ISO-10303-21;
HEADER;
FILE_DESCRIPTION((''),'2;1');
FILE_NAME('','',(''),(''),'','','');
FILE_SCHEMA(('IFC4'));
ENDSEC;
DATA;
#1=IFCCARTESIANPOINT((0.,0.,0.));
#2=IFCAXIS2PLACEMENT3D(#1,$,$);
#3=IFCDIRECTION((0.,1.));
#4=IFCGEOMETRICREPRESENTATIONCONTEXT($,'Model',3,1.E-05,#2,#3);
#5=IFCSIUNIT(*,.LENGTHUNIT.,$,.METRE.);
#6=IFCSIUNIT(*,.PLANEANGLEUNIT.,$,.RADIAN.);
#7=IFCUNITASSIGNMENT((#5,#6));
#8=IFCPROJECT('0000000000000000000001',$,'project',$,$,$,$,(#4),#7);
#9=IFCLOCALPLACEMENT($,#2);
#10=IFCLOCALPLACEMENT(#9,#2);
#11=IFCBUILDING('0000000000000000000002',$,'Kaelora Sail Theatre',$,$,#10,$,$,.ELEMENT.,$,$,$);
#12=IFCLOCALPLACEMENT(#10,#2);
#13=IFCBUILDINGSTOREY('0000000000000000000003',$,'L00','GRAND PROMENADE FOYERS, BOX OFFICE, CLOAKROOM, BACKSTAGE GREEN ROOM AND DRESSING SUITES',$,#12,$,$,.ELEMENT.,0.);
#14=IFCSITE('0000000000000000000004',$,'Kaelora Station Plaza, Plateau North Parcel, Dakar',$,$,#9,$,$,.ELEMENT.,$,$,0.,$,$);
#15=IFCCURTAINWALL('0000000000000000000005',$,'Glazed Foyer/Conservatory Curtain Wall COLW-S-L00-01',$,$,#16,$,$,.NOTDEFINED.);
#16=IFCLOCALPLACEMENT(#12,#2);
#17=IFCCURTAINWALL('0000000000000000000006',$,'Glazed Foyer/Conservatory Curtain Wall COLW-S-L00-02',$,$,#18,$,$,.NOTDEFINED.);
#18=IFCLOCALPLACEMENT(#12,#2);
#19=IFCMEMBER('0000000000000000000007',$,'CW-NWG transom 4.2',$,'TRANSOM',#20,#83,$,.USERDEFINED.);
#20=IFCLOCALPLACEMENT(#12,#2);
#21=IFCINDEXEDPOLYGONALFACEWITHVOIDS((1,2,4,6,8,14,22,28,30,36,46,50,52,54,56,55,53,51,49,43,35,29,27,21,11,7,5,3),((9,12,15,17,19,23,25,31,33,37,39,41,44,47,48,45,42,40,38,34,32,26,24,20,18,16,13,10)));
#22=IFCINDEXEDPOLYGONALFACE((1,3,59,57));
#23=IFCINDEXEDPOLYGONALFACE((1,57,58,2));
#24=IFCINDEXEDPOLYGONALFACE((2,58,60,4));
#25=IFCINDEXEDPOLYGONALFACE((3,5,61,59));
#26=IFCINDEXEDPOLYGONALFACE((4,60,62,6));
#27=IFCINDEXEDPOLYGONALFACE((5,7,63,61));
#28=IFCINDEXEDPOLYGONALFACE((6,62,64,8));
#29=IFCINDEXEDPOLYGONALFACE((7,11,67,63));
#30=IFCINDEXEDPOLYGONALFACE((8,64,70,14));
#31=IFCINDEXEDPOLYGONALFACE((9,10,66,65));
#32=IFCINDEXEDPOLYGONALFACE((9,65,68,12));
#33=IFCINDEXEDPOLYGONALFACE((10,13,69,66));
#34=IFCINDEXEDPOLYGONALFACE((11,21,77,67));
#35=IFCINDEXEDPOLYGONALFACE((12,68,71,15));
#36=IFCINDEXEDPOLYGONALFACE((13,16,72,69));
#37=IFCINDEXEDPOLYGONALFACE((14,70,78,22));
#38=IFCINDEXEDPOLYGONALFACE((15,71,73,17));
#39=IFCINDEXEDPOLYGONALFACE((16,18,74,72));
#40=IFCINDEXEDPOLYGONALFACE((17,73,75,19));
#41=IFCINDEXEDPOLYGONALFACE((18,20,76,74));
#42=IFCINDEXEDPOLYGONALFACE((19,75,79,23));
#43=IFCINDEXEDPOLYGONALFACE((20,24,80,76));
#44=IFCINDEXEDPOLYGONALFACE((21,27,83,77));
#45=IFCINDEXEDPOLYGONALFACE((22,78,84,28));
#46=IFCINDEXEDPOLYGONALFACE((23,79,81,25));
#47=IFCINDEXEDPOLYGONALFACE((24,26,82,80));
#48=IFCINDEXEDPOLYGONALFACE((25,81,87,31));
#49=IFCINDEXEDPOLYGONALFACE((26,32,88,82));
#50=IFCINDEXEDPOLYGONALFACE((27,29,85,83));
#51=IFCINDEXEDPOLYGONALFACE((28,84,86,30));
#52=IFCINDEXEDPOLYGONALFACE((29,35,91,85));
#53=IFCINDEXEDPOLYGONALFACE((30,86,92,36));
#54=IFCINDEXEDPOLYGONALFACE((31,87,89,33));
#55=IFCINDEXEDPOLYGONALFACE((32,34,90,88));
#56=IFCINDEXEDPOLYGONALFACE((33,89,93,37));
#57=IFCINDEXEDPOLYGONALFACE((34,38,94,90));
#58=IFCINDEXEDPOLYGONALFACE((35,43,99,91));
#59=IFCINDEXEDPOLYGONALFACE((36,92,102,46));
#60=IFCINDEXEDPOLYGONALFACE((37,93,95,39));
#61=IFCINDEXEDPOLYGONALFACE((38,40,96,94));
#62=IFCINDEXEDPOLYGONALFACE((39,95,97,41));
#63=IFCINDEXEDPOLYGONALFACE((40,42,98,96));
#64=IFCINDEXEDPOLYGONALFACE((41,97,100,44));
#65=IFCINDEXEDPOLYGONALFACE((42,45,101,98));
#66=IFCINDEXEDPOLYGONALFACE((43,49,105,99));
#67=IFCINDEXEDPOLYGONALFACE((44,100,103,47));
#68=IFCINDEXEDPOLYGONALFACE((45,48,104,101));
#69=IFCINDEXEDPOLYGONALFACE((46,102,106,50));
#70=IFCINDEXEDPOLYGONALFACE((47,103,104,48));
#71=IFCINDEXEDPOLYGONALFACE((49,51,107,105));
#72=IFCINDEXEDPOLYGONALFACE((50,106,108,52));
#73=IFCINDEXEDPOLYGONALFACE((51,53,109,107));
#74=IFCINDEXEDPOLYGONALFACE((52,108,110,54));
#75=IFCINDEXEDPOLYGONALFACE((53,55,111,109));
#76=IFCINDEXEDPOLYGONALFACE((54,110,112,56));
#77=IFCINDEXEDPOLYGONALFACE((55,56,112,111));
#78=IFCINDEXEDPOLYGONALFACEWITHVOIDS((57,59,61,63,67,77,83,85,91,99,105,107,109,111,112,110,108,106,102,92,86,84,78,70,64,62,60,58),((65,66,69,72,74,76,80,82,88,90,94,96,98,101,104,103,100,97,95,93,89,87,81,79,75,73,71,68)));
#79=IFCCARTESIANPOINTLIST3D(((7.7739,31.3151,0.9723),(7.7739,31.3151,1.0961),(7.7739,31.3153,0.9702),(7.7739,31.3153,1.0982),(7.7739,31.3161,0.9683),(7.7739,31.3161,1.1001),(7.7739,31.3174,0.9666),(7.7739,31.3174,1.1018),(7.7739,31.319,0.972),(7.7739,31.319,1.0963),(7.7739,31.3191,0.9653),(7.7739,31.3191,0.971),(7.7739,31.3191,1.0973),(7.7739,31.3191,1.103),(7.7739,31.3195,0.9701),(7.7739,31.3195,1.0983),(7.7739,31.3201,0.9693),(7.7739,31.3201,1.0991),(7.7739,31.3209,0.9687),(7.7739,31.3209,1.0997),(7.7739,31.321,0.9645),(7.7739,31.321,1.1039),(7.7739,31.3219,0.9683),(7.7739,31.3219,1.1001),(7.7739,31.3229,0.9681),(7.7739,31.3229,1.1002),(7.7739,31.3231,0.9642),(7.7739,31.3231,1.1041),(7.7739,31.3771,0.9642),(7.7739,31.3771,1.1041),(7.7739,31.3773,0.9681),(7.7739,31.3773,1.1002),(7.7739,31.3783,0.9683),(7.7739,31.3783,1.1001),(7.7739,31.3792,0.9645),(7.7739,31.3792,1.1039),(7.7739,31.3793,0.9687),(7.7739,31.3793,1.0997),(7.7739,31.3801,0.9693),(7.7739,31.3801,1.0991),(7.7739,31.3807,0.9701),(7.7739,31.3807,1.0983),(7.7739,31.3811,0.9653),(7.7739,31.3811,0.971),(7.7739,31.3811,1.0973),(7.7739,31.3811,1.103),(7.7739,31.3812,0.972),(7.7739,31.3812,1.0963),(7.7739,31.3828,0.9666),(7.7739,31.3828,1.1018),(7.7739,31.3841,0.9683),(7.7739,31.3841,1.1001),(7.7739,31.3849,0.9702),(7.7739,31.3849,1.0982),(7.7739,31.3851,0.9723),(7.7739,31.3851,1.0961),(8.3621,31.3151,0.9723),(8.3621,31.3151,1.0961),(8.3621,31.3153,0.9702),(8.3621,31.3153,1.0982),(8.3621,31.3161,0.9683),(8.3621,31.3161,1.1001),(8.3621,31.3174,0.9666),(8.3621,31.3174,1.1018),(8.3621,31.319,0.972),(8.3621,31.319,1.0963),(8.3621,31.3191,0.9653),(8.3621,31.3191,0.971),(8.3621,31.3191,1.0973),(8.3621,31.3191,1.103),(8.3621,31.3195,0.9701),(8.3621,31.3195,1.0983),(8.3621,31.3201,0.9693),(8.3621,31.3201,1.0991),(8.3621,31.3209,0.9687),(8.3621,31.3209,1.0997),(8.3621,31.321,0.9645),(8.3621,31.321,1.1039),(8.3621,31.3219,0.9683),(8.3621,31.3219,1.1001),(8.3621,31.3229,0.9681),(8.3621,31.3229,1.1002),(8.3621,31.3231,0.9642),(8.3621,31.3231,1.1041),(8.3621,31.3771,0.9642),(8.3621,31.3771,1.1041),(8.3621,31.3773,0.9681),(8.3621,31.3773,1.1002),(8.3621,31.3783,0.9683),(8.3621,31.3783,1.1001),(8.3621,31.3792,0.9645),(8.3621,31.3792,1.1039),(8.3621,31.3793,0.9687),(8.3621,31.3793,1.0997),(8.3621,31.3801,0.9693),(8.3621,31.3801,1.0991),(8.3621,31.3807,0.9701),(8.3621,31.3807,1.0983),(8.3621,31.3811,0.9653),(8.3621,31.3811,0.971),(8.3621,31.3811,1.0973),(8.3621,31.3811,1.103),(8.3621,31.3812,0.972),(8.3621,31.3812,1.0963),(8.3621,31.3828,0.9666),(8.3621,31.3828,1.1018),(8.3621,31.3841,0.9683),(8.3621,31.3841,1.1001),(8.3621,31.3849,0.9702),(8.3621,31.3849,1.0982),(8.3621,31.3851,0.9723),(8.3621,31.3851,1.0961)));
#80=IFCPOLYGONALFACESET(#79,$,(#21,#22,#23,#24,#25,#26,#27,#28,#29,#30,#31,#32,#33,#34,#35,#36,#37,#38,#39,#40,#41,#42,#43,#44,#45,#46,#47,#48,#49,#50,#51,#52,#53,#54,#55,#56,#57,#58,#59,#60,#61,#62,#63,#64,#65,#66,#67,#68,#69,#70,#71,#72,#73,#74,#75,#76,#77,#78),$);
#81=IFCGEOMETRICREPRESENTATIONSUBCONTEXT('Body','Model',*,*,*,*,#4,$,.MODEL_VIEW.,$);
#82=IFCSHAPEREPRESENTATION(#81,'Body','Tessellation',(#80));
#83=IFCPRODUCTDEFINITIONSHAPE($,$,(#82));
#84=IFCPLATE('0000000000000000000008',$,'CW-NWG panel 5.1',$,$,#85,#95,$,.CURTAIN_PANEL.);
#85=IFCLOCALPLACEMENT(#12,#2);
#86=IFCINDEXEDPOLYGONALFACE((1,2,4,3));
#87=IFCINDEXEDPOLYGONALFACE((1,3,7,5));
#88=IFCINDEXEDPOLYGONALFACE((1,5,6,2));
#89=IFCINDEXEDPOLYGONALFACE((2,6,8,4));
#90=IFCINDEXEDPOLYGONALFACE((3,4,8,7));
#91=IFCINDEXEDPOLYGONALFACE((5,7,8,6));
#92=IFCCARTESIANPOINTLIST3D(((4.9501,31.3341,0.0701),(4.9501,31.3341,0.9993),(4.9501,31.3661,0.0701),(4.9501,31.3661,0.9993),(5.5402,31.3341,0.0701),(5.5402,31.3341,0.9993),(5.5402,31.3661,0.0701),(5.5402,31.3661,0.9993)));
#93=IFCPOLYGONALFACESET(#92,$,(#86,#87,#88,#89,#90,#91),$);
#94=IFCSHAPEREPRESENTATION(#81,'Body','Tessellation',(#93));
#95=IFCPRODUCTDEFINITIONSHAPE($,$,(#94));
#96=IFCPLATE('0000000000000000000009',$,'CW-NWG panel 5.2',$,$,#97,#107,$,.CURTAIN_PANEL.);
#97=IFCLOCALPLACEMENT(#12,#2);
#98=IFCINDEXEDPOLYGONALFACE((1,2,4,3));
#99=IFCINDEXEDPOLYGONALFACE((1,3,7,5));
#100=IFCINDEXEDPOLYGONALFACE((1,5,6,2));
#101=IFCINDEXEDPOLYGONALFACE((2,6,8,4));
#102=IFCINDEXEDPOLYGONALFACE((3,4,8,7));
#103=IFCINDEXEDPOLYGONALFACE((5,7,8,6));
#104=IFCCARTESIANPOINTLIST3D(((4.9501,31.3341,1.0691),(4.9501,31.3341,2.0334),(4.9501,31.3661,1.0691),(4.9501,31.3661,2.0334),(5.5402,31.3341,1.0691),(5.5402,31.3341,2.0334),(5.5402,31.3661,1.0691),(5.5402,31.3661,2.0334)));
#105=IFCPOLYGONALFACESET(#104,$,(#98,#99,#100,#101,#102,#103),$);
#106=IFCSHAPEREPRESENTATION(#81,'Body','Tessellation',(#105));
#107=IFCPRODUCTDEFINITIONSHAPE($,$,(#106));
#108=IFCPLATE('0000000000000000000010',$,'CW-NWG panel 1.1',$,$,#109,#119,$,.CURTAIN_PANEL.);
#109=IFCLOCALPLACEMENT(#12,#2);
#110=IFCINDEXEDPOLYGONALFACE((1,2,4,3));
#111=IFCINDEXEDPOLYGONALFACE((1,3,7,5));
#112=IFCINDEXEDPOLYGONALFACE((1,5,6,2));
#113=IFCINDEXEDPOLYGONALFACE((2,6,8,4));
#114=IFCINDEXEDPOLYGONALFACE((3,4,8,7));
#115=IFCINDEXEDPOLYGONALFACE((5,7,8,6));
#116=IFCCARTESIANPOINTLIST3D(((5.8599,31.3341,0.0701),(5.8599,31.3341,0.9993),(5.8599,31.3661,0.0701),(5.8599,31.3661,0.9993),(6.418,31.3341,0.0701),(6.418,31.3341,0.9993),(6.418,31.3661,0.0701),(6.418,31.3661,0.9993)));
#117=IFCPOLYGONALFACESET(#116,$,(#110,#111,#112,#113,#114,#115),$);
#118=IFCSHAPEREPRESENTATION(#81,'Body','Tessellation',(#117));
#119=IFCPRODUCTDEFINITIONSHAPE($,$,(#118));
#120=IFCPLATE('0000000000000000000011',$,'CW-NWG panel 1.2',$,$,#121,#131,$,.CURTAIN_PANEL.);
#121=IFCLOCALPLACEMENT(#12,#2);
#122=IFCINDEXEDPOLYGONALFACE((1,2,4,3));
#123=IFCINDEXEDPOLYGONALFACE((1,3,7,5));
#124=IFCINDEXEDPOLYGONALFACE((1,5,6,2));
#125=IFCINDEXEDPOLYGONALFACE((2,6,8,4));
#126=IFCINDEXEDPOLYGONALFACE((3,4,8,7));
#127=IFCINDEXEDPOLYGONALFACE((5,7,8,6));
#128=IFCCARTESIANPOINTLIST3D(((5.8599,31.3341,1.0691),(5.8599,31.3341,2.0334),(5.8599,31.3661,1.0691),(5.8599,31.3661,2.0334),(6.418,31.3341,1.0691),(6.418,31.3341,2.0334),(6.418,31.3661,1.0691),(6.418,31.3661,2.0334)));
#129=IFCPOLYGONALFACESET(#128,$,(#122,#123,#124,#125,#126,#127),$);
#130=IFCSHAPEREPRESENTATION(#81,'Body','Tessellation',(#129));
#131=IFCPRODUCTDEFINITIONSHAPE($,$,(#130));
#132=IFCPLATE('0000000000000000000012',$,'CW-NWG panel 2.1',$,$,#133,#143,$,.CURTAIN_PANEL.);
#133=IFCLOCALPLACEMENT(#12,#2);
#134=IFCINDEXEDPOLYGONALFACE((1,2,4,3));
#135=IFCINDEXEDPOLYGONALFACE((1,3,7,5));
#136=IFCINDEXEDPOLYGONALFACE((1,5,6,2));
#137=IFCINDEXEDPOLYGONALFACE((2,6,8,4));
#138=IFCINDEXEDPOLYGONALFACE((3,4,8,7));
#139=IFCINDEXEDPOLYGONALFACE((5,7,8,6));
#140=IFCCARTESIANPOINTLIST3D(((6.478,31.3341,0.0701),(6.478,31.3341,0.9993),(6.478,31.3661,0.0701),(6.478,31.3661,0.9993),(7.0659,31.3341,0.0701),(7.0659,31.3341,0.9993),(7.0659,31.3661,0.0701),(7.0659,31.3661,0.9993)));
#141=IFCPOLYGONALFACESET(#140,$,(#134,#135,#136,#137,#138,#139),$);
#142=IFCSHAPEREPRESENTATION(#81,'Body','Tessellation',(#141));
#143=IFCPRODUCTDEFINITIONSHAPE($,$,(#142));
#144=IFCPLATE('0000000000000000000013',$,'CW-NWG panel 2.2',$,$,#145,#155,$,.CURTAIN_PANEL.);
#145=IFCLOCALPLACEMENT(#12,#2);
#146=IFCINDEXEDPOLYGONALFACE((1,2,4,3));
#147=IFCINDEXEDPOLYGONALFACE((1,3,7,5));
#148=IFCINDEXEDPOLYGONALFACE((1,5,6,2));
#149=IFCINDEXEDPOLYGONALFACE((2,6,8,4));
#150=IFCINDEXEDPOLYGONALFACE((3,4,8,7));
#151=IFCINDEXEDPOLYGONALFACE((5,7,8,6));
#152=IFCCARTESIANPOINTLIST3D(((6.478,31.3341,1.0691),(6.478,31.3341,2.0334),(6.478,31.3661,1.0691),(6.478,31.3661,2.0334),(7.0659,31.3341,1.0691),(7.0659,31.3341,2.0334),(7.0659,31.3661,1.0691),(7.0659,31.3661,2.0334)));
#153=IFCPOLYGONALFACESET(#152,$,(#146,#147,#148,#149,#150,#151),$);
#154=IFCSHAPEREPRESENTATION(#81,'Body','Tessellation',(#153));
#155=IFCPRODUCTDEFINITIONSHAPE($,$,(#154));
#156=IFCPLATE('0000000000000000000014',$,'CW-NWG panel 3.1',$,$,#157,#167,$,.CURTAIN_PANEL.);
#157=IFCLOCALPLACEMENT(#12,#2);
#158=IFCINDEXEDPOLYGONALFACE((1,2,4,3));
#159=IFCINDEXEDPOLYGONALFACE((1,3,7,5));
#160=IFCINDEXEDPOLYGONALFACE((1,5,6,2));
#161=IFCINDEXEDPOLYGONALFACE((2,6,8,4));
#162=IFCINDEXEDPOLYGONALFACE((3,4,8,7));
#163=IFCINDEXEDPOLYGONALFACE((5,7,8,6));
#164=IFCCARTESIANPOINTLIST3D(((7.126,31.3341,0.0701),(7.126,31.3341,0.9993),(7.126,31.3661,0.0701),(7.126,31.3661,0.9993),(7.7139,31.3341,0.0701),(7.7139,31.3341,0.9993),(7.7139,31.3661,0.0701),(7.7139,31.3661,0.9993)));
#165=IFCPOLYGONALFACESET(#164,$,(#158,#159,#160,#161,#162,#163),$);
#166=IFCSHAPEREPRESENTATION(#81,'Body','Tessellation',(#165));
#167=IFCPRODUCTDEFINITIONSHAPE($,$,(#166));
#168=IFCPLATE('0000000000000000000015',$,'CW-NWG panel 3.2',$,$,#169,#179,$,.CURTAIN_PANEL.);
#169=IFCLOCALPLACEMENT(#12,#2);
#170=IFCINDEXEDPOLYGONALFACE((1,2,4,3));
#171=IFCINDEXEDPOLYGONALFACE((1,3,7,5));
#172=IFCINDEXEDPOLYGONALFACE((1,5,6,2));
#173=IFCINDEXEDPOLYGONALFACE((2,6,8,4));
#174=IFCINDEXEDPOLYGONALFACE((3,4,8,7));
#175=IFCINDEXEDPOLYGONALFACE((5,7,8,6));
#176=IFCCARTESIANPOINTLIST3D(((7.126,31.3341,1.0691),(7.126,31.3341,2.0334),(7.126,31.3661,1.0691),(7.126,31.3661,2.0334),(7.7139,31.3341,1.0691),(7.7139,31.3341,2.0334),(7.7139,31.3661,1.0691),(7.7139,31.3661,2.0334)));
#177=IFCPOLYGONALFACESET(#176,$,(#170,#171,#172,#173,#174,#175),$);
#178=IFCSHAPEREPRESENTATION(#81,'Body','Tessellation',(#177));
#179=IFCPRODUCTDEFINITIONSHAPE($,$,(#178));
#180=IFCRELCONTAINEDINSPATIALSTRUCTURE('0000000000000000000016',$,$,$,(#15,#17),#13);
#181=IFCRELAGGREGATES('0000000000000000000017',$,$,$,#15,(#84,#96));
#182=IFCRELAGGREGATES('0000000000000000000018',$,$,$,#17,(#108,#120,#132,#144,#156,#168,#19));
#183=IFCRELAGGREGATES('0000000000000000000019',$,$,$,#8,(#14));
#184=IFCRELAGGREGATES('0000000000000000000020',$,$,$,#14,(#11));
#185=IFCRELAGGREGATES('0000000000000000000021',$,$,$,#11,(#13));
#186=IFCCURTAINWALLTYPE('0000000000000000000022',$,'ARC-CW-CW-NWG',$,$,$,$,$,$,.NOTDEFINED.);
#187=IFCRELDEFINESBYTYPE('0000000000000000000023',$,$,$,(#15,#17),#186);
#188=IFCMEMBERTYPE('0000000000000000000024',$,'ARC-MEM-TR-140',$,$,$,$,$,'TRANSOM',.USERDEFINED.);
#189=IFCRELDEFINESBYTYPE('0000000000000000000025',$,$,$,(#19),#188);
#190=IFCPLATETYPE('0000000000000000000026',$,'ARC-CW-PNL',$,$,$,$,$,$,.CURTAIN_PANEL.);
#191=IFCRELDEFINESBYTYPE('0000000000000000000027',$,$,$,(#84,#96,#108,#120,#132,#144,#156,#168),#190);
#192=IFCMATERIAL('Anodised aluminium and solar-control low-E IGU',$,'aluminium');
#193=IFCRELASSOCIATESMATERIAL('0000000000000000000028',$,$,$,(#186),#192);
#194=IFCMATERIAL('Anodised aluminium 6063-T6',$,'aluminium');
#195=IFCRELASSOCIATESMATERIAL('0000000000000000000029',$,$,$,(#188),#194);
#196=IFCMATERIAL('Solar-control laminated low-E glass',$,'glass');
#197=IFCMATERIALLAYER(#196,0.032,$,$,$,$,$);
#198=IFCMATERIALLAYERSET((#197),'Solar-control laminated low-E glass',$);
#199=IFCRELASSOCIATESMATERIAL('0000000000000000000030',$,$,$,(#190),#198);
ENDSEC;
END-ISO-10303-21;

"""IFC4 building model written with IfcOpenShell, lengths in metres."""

from ifc_helpers import new_model, si_unit, direction, frame, origin, origin_2d, place, context, subcontext, project, spatial, rectangle, hollow_rectangle, extrude, material, layer, layer_set, material_profile, profile_set, type_object, element, aggregate, save


model = new_model("IFC4")

# Units and contexts
model_context = context("Model", 3, precision=1e-05, world=origin(), true_north=direction((0.0, 1.0)))
body_context = subcontext(model_context, "Body", "Model", "MODEL_VIEW")
ifc_project = project(units=[si_unit("LENGTHUNIT", "METRE"), si_unit("PLANEANGLEUNIT", "RADIAN")], contexts=[model_context])

# Site, building, storey
site_placement = place(None, origin())
site = spatial("IfcSite", under=ifc_project, at=site_placement, Name="Kaelora Station Plaza, Plateau North Parcel, Dakar", CompositionType="ELEMENT", RefElevation=0.0)
building_placement = place(site_placement, origin())
building = spatial("IfcBuilding", under=site, at=building_placement, Name="Kaelora Sail Theatre", CompositionType="ELEMENT")
storey_placement = place(building_placement, origin())
storey = spatial("IfcBuildingStorey", under=building, at=storey_placement, Name="L00", Description="GRAND PROMENADE FOYERS, BOX OFFICE, CLOAKROOM, BACKSTAGE GREEN ROOM AND DRESSING SUITES", CompositionType="ELEMENT", Elevation=0.0)

# Curtain wall
ifc_material_1 = material(Name="Anodised aluminium and solar-control low-E IGU", Category="aluminium")
curtain_wall_type = type_object("IfcCurtainWallType", Name="ARC-CW-CW-NWG", PredefinedType="NOTDEFINED", material=ifc_material_1)
curtain_wall_1_placement = place(storey_placement, origin())
curtain_wall_1 = element("IfcCurtainWall", 1, at=curtain_wall_1_placement, inside=storey, type_object=curtain_wall_type, Name="Glazed Foyer/Conservatory Curtain Wall COLW-S-L00-01", PredefinedType="NOTDEFINED")

# Curtain wall, member
curtain_wall_2_placement = place(storey_placement, origin())
curtain_wall_2 = element("IfcCurtainWall", 2, at=curtain_wall_2_placement, inside=storey, type_object=curtain_wall_type, Name="Glazed Foyer/Conservatory Curtain Wall COLW-S-L00-02", PredefinedType="NOTDEFINED")
ifc_material_2 = material(Name="Anodised aluminium 6063-T6", Category="aluminium")
ifc_material_profile_1 = material_profile(ifc_material_2, hollow_rectangle(XDim=0.0701, YDim=0.1399, WallThickness=0.0039, InnerFilletRadius=0.0039, OuterFilletRadius=0.0081, at=origin_2d()), Name="ALU-TRAN 70x140x4")
ifc_profile_set_1 = profile_set([ifc_material_profile_1], Name="Anodised aluminium 6063-T6")
member_type_1 = type_object("IfcMemberType", Name="ARC-MEM-TR-140", ElementType="TRANSOM", PredefinedType="USERDEFINED", material=ifc_profile_set_1)
member_1_placement = place(storey_placement, frame((7.7739, 31.3501, 1.0342), z_axis=(1.0, 0.0, 0.0), x_axis=(0.0, 1.0, 0.0)))
member_1 = element("IfcMember", 3, at=member_1_placement, type_object=member_type_1, Name="CW-NWG transom 4.2", ObjectType="TRANSOM", PredefinedType="USERDEFINED", context=body_context, shape_type="SweptSolid", body=[
    extrude(hollow_rectangle(XDim=0.0701, YDim=0.1399, WallThickness=0.0039, InnerFilletRadius=0.0039, OuterFilletRadius=0.0081, at=origin_2d()), origin(), (0.0, 0.0, 1.0), 0.5881),
])

# Plates
ifc_material_3 = material(Name="Solar-control laminated low-E glass", Category="glass")
ifc_layer = layer(ifc_material_3, 0.032)
ifc_layer_set = layer_set([ifc_layer], Name="Solar-control laminated low-E glass")
plate_type = type_object("IfcPlateType", Name="ARC-CW-PNL", PredefinedType="CURTAIN_PANEL", material=ifc_layer_set)
plate_1_placement = place(storey_placement, frame((5.2451, 31.3501, 0.0701), z_axis=(0.0, 0.0, 1.0), x_axis=(1.0, 0.0, 0.0)))
plate_1 = element("IfcPlate", 4, at=plate_1_placement, type_object=plate_type, Name="CW-NWG panel 5.1", PredefinedType="CURTAIN_PANEL", context=body_context, shape_type="SweptSolid", body=[
    extrude(rectangle(XDim=0.5901, YDim=0.032, at=origin_2d()), origin(), (0.0, 0.0, 1.0), 0.9292),
])
plate_2_placement = place(storey_placement, frame((5.2451, 31.3501, 1.0691), z_axis=(0.0, 0.0, 1.0), x_axis=(1.0, 0.0, 0.0)))
plate_2 = element("IfcPlate", 5, at=plate_2_placement, type_object=plate_type, Name="CW-NWG panel 5.2", PredefinedType="CURTAIN_PANEL", context=body_context, shape_type="SweptSolid", body=[
    extrude(rectangle(XDim=0.5901, YDim=0.032, at=origin_2d()), origin(), (0.0, 0.0, 1.0), 0.9644),
])
aggregate(curtain_wall_1, [plate_1, plate_2])
plate_3_placement = place(storey_placement, frame((6.1389, 31.3501, 0.0701), z_axis=(0.0, 0.0, 1.0), x_axis=(1.0, 0.0, 0.0)))
plate_3 = element("IfcPlate", 6, at=plate_3_placement, type_object=plate_type, Name="CW-NWG panel 1.1", PredefinedType="CURTAIN_PANEL", context=body_context, shape_type="SweptSolid", body=[
    extrude(rectangle(XDim=0.5581, YDim=0.032, at=origin_2d()), origin(), (0.0, 0.0, 1.0), 0.9292),
])
plate_4_placement = place(storey_placement, frame((6.1389, 31.3501, 1.0691), z_axis=(0.0, 0.0, 1.0), x_axis=(1.0, 0.0, 0.0)))
plate_4 = element("IfcPlate", 7, at=plate_4_placement, type_object=plate_type, Name="CW-NWG panel 1.2", PredefinedType="CURTAIN_PANEL", context=body_context, shape_type="SweptSolid", body=[
    extrude(rectangle(XDim=0.5581, YDim=0.032, at=origin_2d()), origin(), (0.0, 0.0, 1.0), 0.9644),
])
plate_5_placement = place(storey_placement, frame((6.772, 31.3501, 0.0701), z_axis=(0.0, 0.0, 1.0), x_axis=(1.0, 0.0, 0.0)))
plate_5 = element("IfcPlate", 8, at=plate_5_placement, type_object=plate_type, Name="CW-NWG panel 2.1", PredefinedType="CURTAIN_PANEL", context=body_context, shape_type="SweptSolid", body=[
    extrude(rectangle(XDim=0.5879, YDim=0.032, at=origin_2d()), origin(), (0.0, 0.0, 1.0), 0.9292),
])
plate_6_placement = place(storey_placement, frame((6.772, 31.3501, 1.0691), z_axis=(0.0, 0.0, 1.0), x_axis=(1.0, 0.0, 0.0)))
plate_6 = element("IfcPlate", 9, at=plate_6_placement, type_object=plate_type, Name="CW-NWG panel 2.2", PredefinedType="CURTAIN_PANEL", context=body_context, shape_type="SweptSolid", body=[
    extrude(rectangle(XDim=0.5879, YDim=0.032, at=origin_2d()), origin(), (0.0, 0.0, 1.0), 0.9644),
])
plate_7_placement = place(storey_placement, frame((7.4199, 31.3501, 0.0701), z_axis=(0.0, 0.0, 1.0), x_axis=(1.0, 0.0, 0.0)))
plate_7 = element("IfcPlate", 10, at=plate_7_placement, type_object=plate_type, Name="CW-NWG panel 3.1", PredefinedType="CURTAIN_PANEL", context=body_context, shape_type="SweptSolid", body=[
    extrude(rectangle(XDim=0.5879, YDim=0.032, at=origin_2d()), origin(), (0.0, 0.0, 1.0), 0.9292),
])
plate_8_placement = place(storey_placement, frame((7.4199, 31.3501, 1.0691), z_axis=(0.0, 0.0, 1.0), x_axis=(1.0, 0.0, 0.0)))
plate_8 = element("IfcPlate", 11, at=plate_8_placement, type_object=plate_type, Name="CW-NWG panel 3.2", PredefinedType="CURTAIN_PANEL", context=body_context, shape_type="SweptSolid", body=[
    extrude(rectangle(XDim=0.5879, YDim=0.032, at=origin_2d()), origin(), (0.0, 0.0, 1.0), 0.9644),
])
aggregate(curtain_wall_2, [plate_3, plate_4, plate_5, plate_6, plate_7, plate_8, member_1])

save(model, "model.ifc")
